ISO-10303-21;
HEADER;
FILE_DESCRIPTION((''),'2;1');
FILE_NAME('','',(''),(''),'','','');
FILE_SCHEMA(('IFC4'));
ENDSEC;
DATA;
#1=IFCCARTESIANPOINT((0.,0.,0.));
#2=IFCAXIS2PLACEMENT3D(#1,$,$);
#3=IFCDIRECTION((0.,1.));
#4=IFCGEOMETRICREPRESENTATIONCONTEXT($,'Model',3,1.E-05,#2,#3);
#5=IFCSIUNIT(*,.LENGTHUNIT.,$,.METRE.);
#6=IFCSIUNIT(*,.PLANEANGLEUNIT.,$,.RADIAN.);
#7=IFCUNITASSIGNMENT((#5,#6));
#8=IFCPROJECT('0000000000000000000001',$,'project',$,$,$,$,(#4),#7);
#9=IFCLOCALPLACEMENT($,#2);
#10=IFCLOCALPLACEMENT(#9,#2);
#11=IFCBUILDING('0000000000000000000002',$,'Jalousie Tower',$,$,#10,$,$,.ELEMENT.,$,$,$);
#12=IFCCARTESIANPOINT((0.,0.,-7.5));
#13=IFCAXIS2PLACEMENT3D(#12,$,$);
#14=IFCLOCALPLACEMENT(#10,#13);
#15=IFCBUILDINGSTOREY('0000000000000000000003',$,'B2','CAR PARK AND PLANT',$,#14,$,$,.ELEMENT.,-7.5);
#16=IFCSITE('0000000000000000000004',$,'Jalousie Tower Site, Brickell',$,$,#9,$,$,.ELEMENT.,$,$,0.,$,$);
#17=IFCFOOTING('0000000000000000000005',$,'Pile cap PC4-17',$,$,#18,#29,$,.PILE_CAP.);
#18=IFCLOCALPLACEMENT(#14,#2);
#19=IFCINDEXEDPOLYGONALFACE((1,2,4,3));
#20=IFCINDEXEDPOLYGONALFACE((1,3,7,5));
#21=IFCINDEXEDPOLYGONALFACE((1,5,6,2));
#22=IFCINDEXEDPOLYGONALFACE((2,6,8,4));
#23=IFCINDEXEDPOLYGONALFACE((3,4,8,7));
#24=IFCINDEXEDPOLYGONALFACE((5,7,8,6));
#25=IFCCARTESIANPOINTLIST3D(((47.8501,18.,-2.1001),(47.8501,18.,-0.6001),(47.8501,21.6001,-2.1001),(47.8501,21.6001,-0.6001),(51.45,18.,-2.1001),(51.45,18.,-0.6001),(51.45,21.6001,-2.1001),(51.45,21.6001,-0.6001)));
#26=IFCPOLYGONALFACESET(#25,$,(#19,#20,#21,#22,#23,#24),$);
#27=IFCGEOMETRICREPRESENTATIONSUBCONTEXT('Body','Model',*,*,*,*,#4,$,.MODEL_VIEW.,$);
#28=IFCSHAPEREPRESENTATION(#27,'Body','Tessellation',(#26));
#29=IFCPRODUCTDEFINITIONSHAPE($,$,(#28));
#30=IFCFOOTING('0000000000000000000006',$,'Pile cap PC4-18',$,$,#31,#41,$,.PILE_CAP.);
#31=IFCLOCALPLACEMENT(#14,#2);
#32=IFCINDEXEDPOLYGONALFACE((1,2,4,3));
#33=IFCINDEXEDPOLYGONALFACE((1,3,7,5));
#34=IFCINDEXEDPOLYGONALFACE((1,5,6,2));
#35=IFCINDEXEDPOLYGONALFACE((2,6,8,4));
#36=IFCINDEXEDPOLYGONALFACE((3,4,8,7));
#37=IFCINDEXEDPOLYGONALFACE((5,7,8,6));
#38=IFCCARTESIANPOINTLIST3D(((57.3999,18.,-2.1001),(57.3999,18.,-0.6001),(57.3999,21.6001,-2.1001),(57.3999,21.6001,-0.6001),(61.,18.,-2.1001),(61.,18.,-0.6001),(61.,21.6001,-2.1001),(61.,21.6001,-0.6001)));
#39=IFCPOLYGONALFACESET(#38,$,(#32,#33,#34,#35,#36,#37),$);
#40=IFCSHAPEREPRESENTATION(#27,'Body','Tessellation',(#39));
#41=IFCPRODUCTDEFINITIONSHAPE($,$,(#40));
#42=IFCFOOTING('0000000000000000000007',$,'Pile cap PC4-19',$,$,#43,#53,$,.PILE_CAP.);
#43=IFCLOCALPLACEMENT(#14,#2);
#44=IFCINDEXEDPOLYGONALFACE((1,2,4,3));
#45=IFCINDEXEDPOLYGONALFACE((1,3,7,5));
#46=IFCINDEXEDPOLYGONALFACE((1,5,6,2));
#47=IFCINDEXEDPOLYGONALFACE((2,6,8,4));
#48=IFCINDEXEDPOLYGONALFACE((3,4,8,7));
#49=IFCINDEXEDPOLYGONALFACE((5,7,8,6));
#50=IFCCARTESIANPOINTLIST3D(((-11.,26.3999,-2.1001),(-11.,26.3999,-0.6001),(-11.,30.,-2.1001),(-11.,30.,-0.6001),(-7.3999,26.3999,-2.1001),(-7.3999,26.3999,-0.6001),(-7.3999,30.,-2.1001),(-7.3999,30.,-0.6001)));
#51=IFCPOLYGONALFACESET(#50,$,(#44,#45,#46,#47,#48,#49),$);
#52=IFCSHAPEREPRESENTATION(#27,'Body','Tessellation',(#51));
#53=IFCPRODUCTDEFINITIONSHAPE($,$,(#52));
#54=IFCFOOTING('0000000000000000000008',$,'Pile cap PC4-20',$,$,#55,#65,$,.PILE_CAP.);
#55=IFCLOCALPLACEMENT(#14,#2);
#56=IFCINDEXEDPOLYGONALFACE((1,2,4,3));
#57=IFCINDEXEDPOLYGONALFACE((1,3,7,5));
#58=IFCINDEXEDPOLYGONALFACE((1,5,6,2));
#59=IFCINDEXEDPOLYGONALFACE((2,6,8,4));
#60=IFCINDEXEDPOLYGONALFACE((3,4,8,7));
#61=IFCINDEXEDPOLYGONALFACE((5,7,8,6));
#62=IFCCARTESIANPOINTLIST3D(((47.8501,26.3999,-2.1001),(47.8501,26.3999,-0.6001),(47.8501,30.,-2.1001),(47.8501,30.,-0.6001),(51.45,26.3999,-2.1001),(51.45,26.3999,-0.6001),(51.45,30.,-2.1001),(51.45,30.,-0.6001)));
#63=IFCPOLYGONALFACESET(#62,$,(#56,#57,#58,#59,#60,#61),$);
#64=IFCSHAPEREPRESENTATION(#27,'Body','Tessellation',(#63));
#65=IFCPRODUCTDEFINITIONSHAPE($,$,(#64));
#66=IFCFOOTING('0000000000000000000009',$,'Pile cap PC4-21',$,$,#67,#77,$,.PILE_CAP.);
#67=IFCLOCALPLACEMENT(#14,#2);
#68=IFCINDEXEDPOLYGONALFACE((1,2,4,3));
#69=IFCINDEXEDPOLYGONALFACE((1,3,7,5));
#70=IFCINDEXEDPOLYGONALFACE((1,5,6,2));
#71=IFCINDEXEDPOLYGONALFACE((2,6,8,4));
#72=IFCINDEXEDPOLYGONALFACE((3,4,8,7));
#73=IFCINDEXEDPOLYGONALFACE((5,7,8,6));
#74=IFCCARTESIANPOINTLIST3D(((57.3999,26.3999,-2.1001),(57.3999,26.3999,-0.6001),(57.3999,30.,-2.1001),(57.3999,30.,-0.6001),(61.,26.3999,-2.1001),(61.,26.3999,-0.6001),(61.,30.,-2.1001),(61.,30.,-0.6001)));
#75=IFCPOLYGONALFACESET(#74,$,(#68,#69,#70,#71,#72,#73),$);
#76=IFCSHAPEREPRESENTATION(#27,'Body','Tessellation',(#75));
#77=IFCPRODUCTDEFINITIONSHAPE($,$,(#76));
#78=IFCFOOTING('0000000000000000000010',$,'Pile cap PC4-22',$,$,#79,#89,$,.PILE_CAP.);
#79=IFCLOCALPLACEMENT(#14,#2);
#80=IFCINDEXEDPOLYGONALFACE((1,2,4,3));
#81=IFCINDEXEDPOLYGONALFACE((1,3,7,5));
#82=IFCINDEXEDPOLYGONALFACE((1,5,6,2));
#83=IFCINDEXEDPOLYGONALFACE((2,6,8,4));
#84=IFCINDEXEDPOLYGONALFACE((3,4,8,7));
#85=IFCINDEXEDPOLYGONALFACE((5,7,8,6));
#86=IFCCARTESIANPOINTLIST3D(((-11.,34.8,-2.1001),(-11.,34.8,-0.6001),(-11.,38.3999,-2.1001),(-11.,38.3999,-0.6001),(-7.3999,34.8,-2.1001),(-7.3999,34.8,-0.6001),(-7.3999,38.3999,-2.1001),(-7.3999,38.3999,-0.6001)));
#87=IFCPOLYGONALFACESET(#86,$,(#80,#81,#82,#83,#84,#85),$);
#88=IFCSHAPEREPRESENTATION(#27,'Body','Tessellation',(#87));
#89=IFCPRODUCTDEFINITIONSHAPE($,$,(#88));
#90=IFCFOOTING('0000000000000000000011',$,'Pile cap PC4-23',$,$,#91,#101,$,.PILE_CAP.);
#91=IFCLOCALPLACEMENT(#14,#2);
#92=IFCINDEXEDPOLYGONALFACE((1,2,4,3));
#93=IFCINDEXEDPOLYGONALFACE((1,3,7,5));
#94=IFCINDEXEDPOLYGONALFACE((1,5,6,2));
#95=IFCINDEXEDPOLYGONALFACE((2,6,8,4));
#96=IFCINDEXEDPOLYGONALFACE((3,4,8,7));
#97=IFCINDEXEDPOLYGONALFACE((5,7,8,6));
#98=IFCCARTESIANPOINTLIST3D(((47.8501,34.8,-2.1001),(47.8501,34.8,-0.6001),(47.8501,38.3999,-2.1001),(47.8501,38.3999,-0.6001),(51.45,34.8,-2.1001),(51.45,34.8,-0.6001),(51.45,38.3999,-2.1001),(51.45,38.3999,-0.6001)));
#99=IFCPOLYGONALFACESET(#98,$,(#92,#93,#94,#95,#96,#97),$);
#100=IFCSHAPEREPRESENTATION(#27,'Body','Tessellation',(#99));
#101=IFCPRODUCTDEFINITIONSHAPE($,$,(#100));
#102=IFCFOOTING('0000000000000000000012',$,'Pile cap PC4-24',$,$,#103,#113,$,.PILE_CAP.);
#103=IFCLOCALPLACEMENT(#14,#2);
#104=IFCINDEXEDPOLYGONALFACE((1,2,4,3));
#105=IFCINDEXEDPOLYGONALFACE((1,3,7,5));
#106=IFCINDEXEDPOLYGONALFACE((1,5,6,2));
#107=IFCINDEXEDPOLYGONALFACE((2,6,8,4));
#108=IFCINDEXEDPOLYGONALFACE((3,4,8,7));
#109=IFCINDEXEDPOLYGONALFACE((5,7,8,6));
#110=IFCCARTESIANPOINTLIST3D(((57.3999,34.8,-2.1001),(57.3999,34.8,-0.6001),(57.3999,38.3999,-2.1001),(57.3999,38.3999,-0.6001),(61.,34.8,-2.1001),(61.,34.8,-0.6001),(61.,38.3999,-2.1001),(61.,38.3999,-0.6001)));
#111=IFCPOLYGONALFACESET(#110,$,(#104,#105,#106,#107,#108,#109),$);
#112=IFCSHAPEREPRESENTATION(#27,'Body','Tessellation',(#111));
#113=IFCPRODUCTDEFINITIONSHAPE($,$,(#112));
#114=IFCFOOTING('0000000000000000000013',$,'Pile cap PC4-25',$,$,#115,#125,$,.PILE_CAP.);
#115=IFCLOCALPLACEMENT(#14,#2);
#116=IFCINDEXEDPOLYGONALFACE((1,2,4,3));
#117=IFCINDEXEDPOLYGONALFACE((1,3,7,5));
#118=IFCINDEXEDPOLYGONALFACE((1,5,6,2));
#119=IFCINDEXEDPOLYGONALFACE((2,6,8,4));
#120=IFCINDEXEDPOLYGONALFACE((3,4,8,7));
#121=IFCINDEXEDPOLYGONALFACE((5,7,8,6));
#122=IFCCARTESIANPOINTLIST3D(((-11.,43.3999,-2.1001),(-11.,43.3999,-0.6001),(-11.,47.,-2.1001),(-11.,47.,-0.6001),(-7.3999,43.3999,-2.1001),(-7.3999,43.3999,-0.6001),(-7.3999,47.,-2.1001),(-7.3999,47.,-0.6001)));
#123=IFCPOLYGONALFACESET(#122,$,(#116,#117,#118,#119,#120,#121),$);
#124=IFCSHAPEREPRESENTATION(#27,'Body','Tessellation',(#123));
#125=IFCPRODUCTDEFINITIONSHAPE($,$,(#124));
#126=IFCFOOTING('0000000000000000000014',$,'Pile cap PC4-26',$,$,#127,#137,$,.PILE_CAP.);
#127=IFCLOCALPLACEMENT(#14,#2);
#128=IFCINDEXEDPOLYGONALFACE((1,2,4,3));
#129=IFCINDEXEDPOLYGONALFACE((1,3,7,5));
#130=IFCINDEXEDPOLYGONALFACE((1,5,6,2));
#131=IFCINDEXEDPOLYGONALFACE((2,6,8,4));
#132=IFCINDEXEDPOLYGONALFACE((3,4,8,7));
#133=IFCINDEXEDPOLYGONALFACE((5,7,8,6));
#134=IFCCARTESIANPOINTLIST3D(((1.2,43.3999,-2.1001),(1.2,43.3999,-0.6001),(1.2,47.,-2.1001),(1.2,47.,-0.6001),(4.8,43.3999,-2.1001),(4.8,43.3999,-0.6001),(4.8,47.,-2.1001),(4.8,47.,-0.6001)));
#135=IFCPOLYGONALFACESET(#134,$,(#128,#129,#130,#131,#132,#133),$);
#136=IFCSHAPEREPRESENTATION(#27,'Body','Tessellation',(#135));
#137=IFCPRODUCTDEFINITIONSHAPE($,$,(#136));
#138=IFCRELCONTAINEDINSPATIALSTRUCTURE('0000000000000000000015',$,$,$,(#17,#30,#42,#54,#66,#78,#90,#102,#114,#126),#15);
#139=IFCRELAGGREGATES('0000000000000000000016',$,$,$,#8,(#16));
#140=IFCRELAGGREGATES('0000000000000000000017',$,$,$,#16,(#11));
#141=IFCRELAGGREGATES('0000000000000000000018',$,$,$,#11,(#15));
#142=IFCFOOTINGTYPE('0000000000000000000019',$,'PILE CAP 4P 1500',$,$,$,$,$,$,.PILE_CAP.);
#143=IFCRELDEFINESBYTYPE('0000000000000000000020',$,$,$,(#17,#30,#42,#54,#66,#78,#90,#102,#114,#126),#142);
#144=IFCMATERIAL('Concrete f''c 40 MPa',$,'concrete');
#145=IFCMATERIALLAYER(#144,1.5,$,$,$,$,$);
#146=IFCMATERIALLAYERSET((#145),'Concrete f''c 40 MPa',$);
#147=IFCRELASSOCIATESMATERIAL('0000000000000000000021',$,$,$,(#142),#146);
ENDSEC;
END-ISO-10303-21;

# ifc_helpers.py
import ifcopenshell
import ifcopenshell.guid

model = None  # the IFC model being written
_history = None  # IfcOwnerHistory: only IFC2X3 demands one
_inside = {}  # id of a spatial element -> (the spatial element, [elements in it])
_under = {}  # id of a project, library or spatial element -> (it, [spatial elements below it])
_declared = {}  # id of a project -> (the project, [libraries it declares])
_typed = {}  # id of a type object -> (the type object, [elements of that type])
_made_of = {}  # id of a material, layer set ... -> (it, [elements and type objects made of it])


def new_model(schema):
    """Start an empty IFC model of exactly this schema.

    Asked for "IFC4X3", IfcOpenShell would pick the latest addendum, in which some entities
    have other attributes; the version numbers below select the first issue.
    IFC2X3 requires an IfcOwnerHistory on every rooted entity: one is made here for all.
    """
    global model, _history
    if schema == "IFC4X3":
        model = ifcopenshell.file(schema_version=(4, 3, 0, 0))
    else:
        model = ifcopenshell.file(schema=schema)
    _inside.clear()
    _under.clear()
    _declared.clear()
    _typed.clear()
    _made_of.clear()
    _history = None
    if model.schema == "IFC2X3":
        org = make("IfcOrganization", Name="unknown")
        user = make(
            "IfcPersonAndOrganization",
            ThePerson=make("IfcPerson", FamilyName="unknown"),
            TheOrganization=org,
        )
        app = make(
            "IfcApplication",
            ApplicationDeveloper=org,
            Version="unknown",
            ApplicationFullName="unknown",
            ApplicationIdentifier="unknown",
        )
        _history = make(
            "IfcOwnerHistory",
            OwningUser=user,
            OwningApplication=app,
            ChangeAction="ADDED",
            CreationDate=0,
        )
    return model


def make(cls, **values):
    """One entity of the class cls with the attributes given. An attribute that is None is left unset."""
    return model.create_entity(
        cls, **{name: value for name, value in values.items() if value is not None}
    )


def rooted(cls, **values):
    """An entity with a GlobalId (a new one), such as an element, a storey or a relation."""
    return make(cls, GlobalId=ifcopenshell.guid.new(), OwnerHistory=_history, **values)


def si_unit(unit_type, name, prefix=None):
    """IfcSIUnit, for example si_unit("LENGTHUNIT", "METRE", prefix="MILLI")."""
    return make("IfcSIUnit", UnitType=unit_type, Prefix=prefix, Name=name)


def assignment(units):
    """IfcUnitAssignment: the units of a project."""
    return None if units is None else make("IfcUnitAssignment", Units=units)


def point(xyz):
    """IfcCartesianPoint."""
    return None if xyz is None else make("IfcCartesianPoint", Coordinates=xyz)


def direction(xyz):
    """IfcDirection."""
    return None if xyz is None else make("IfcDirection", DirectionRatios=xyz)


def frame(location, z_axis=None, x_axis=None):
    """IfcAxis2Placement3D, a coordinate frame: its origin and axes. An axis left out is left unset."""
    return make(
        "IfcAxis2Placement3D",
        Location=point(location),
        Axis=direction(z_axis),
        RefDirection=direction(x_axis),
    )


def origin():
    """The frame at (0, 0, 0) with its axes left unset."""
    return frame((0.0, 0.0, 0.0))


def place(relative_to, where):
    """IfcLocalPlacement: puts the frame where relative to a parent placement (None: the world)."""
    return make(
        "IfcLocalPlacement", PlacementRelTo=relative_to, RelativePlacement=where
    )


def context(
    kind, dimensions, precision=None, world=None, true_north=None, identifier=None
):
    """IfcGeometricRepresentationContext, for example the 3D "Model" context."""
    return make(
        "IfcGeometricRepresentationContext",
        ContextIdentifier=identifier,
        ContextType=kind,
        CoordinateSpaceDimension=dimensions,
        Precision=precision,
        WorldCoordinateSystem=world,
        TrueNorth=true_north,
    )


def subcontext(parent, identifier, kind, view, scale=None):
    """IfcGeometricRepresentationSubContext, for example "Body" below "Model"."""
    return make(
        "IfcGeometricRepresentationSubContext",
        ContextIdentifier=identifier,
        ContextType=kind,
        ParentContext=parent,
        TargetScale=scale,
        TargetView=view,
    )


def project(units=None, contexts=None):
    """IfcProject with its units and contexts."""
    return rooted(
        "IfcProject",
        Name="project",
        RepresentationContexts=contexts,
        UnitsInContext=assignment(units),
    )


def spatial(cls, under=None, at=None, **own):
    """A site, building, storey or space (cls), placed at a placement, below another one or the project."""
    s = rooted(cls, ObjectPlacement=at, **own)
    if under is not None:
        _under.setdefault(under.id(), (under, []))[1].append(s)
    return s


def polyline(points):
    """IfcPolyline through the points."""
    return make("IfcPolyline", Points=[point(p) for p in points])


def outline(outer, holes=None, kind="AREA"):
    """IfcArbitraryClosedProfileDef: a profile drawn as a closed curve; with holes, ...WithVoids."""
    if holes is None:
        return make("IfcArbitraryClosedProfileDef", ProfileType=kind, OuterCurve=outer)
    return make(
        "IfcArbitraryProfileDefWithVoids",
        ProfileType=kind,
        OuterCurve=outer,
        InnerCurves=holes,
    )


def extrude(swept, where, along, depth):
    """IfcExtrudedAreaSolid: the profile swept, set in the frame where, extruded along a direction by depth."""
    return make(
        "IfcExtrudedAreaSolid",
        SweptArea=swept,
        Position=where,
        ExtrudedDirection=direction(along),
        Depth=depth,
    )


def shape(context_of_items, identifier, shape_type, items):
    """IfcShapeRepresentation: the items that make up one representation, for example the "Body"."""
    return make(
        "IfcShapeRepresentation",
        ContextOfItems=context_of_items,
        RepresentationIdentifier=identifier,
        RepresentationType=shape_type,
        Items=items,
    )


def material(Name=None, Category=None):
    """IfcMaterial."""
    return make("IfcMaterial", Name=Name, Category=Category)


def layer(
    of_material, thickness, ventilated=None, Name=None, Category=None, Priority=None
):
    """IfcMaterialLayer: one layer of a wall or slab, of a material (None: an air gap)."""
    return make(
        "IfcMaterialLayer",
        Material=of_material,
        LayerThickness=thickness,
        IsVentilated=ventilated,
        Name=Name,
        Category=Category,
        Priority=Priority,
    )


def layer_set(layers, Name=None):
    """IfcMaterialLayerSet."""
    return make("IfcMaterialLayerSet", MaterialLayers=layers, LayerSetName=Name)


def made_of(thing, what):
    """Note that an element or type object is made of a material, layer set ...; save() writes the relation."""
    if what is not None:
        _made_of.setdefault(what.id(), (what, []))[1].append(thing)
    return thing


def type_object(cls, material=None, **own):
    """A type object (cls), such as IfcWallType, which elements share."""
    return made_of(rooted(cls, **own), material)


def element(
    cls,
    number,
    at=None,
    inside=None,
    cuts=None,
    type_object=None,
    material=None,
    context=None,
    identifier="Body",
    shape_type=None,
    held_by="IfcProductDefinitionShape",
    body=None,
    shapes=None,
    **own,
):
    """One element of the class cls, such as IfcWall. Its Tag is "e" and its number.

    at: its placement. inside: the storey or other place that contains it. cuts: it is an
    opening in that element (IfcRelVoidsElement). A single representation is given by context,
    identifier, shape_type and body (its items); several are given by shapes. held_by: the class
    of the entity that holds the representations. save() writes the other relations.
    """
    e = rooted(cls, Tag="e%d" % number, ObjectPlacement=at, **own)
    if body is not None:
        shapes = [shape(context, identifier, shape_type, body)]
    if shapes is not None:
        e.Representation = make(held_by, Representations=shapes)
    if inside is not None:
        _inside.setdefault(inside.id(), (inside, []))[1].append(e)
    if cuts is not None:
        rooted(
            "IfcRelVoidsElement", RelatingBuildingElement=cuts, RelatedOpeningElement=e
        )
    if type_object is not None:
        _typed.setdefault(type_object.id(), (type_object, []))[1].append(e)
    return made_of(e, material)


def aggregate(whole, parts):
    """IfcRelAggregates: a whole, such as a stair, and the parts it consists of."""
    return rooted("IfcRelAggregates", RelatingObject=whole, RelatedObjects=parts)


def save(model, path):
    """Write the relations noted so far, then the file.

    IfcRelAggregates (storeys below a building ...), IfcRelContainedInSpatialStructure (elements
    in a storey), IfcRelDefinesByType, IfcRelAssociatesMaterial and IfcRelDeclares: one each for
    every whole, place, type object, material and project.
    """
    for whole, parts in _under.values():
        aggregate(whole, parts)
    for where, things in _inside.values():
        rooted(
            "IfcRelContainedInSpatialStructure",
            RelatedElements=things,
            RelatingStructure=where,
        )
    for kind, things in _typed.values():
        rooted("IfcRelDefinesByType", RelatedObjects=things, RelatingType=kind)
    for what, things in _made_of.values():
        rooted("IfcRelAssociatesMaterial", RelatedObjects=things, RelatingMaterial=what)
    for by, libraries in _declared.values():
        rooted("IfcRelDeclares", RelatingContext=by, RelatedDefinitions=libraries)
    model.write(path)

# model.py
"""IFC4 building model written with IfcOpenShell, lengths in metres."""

from ifc_helpers import new_model, si_unit, direction, frame, origin, place, context, subcontext, project, spatial, polyline, outline, extrude, material, layer, layer_set, type_object, element, save


model = new_model("IFC4")

# Units and contexts
model_context = context("Model", 3, precision=1e-05, world=origin(), true_north=direction((0.0, 1.0)))
body_context = subcontext(model_context, "Body", "Model", "MODEL_VIEW")
ifc_project = project(units=[si_unit("LENGTHUNIT", "METRE"), si_unit("PLANEANGLEUNIT", "RADIAN")], contexts=[model_context])

# Site, building, storey
site_placement = place(None, origin())
site = spatial("IfcSite", under=ifc_project, at=site_placement, Name="Jalousie Tower Site, Brickell", CompositionType="ELEMENT", RefElevation=0.0)
building_placement = place(site_placement, origin())
building = spatial("IfcBuilding", under=site, at=building_placement, Name="Jalousie Tower", CompositionType="ELEMENT")
storey_placement = place(building_placement, frame((0.0, 0.0, -7.5)))
storey = spatial("IfcBuildingStorey", under=building, at=storey_placement, Name="B2", Description="CAR PARK AND PLANT", CompositionType="ELEMENT", Elevation=-7.5)

# Footings
ifc_material = material(Name="Concrete f'c 40 MPa", Category="concrete")
ifc_layer = layer(ifc_material, 1.5)
ifc_layer_set = layer_set([ifc_layer], Name="Concrete f'c 40 MPa")
footing_type = type_object("IfcFootingType", Name="PILE CAP 4P 1500", PredefinedType="PILE_CAP", material=ifc_layer_set)
footing_1_placement = place(storey_placement, frame((0.0, 0.0, -2.1001)))
element("IfcFooting", 1, at=footing_1_placement, inside=storey, type_object=footing_type, Name="Pile cap PC4-17", PredefinedType="PILE_CAP", context=body_context, shape_type="SweptSolid", body=[
    extrude(outline(polyline([(47.8501, 18.0), (51.45, 18.0), (51.45, 21.6001), (47.8501, 21.6001), (47.8501, 18.0)])), origin(), (0.0, 0.0, 1.0), 1.5),
])
footing_2_placement = place(storey_placement, frame((0.0, 0.0, -2.1001)))
element("IfcFooting", 2, at=footing_2_placement, inside=storey, type_object=footing_type, Name="Pile cap PC4-18", PredefinedType="PILE_CAP", context=body_context, shape_type="SweptSolid", body=[
    extrude(outline(polyline([(57.3999, 18.0), (61.0, 18.0), (61.0, 21.6001), (57.3999, 21.6001), (57.3999, 18.0)])), origin(), (0.0, 0.0, 1.0), 1.5),
])
footing_3_placement = place(storey_placement, frame((0.0, 0.0, -2.1001)))
element("IfcFooting", 3, at=footing_3_placement, inside=storey, type_object=footing_type, Name="Pile cap PC4-19", PredefinedType="PILE_CAP", context=body_context, shape_type="SweptSolid", body=[
    extrude(outline(polyline([(-11.0, 26.3999), (-7.3999, 26.3999), (-7.3999, 30.0), (-11.0, 30.0), (-11.0, 26.3999)])), origin(), (0.0, 0.0, 1.0), 1.5),
])
footing_4_placement = place(storey_placement, frame((0.0, 0.0, -2.1001)))
element("IfcFooting", 4, at=footing_4_placement, inside=storey, type_object=footing_type, Name="Pile cap PC4-20", PredefinedType="PILE_CAP", context=body_context, shape_type="SweptSolid", body=[
    extrude(outline(polyline([(47.8501, 26.3999), (51.45, 26.3999), (51.45, 30.0), (47.8501, 30.0), (47.8501, 26.3999)])), origin(), (0.0, 0.0, 1.0), 1.5),
])
footing_5_placement = place(storey_placement, frame((0.0, 0.0, -2.1001)))
element("IfcFooting", 5, at=footing_5_placement, inside=storey, type_object=footing_type, Name="Pile cap PC4-21", PredefinedType="PILE_CAP", context=body_context, shape_type="SweptSolid", body=[
    extrude(outline(polyline([(57.3999, 26.3999), (61.0, 26.3999), (61.0, 30.0), (57.3999, 30.0), (57.3999, 26.3999)])), origin(), (0.0, 0.0, 1.0), 1.5),
])
footing_6_placement = place(storey_placement, frame((0.0, 0.0, -2.1001)))
element("IfcFooting", 6, at=footing_6_placement, inside=storey, type_object=footing_type, Name="Pile cap PC4-22", PredefinedType="PILE_CAP", context=body_context, shape_type="SweptSolid", body=[
    extrude(outline(polyline([(-11.0, 34.8), (-7.3999, 34.8), (-7.3999, 38.3999), (-11.0, 38.3999), (-11.0, 34.8)])), origin(), (0.0, 0.0, 1.0), 1.5),
])
footing_7_placement = place(storey_placement, frame((0.0, 0.0, -2.1001)))
element("IfcFooting", 7, at=footing_7_placement, inside=storey, type_object=footing_type, Name="Pile cap PC4-23", PredefinedType="PILE_CAP", context=body_context, shape_type="SweptSolid", body=[
    extrude(outline(polyline([(47.8501, 34.8), (51.45, 34.8), (51.45, 38.3999), (47.8501, 38.3999), (47.8501, 34.8)])), origin(), (0.0, 0.0, 1.0), 1.5),
])
footing_8_placement = place(storey_placement, frame((0.0, 0.0, -2.1001)))
element("IfcFooting", 8, at=footing_8_placement, inside=storey, type_object=footing_type, Name="Pile cap PC4-24", PredefinedType="PILE_CAP", context=body_context, shape_type="SweptSolid", body=[
    extrude(outline(polyline([(57.3999, 34.8), (61.0, 34.8), (61.0, 38.3999), (57.3999, 38.3999), (57.3999, 34.8)])), origin(), (0.0, 0.0, 1.0), 1.5),
])
footing_9_placement = place(storey_placement, frame((0.0, 0.0, -2.1001)))
element("IfcFooting", 9, at=footing_9_placement, inside=storey, type_object=footing_type, Name="Pile cap PC4-25", PredefinedType="PILE_CAP", context=body_context, shape_type="SweptSolid", body=[
    extrude(outline(polyline([(-11.0, 43.3999), (-7.3999, 43.3999), (-7.3999, 47.0), (-11.0, 47.0), (-11.0, 43.3999)])), origin(), (0.0, 0.0, 1.0), 1.5),
])
footing_10_placement = place(storey_placement, frame((0.0, 0.0, -2.1001)))
element("IfcFooting", 10, at=footing_10_placement, inside=storey, type_object=footing_type, Name="Pile cap PC4-26", PredefinedType="PILE_CAP", context=body_context, shape_type="SweptSolid", body=[
    extrude(outline(polyline([(1.2, 43.3999), (4.8, 43.3999), (4.8, 47.0), (1.2, 47.0), (1.2, 43.3999)])), origin(), (0.0, 0.0, 1.0), 1.5),
])

save(model, "model.ifc")
